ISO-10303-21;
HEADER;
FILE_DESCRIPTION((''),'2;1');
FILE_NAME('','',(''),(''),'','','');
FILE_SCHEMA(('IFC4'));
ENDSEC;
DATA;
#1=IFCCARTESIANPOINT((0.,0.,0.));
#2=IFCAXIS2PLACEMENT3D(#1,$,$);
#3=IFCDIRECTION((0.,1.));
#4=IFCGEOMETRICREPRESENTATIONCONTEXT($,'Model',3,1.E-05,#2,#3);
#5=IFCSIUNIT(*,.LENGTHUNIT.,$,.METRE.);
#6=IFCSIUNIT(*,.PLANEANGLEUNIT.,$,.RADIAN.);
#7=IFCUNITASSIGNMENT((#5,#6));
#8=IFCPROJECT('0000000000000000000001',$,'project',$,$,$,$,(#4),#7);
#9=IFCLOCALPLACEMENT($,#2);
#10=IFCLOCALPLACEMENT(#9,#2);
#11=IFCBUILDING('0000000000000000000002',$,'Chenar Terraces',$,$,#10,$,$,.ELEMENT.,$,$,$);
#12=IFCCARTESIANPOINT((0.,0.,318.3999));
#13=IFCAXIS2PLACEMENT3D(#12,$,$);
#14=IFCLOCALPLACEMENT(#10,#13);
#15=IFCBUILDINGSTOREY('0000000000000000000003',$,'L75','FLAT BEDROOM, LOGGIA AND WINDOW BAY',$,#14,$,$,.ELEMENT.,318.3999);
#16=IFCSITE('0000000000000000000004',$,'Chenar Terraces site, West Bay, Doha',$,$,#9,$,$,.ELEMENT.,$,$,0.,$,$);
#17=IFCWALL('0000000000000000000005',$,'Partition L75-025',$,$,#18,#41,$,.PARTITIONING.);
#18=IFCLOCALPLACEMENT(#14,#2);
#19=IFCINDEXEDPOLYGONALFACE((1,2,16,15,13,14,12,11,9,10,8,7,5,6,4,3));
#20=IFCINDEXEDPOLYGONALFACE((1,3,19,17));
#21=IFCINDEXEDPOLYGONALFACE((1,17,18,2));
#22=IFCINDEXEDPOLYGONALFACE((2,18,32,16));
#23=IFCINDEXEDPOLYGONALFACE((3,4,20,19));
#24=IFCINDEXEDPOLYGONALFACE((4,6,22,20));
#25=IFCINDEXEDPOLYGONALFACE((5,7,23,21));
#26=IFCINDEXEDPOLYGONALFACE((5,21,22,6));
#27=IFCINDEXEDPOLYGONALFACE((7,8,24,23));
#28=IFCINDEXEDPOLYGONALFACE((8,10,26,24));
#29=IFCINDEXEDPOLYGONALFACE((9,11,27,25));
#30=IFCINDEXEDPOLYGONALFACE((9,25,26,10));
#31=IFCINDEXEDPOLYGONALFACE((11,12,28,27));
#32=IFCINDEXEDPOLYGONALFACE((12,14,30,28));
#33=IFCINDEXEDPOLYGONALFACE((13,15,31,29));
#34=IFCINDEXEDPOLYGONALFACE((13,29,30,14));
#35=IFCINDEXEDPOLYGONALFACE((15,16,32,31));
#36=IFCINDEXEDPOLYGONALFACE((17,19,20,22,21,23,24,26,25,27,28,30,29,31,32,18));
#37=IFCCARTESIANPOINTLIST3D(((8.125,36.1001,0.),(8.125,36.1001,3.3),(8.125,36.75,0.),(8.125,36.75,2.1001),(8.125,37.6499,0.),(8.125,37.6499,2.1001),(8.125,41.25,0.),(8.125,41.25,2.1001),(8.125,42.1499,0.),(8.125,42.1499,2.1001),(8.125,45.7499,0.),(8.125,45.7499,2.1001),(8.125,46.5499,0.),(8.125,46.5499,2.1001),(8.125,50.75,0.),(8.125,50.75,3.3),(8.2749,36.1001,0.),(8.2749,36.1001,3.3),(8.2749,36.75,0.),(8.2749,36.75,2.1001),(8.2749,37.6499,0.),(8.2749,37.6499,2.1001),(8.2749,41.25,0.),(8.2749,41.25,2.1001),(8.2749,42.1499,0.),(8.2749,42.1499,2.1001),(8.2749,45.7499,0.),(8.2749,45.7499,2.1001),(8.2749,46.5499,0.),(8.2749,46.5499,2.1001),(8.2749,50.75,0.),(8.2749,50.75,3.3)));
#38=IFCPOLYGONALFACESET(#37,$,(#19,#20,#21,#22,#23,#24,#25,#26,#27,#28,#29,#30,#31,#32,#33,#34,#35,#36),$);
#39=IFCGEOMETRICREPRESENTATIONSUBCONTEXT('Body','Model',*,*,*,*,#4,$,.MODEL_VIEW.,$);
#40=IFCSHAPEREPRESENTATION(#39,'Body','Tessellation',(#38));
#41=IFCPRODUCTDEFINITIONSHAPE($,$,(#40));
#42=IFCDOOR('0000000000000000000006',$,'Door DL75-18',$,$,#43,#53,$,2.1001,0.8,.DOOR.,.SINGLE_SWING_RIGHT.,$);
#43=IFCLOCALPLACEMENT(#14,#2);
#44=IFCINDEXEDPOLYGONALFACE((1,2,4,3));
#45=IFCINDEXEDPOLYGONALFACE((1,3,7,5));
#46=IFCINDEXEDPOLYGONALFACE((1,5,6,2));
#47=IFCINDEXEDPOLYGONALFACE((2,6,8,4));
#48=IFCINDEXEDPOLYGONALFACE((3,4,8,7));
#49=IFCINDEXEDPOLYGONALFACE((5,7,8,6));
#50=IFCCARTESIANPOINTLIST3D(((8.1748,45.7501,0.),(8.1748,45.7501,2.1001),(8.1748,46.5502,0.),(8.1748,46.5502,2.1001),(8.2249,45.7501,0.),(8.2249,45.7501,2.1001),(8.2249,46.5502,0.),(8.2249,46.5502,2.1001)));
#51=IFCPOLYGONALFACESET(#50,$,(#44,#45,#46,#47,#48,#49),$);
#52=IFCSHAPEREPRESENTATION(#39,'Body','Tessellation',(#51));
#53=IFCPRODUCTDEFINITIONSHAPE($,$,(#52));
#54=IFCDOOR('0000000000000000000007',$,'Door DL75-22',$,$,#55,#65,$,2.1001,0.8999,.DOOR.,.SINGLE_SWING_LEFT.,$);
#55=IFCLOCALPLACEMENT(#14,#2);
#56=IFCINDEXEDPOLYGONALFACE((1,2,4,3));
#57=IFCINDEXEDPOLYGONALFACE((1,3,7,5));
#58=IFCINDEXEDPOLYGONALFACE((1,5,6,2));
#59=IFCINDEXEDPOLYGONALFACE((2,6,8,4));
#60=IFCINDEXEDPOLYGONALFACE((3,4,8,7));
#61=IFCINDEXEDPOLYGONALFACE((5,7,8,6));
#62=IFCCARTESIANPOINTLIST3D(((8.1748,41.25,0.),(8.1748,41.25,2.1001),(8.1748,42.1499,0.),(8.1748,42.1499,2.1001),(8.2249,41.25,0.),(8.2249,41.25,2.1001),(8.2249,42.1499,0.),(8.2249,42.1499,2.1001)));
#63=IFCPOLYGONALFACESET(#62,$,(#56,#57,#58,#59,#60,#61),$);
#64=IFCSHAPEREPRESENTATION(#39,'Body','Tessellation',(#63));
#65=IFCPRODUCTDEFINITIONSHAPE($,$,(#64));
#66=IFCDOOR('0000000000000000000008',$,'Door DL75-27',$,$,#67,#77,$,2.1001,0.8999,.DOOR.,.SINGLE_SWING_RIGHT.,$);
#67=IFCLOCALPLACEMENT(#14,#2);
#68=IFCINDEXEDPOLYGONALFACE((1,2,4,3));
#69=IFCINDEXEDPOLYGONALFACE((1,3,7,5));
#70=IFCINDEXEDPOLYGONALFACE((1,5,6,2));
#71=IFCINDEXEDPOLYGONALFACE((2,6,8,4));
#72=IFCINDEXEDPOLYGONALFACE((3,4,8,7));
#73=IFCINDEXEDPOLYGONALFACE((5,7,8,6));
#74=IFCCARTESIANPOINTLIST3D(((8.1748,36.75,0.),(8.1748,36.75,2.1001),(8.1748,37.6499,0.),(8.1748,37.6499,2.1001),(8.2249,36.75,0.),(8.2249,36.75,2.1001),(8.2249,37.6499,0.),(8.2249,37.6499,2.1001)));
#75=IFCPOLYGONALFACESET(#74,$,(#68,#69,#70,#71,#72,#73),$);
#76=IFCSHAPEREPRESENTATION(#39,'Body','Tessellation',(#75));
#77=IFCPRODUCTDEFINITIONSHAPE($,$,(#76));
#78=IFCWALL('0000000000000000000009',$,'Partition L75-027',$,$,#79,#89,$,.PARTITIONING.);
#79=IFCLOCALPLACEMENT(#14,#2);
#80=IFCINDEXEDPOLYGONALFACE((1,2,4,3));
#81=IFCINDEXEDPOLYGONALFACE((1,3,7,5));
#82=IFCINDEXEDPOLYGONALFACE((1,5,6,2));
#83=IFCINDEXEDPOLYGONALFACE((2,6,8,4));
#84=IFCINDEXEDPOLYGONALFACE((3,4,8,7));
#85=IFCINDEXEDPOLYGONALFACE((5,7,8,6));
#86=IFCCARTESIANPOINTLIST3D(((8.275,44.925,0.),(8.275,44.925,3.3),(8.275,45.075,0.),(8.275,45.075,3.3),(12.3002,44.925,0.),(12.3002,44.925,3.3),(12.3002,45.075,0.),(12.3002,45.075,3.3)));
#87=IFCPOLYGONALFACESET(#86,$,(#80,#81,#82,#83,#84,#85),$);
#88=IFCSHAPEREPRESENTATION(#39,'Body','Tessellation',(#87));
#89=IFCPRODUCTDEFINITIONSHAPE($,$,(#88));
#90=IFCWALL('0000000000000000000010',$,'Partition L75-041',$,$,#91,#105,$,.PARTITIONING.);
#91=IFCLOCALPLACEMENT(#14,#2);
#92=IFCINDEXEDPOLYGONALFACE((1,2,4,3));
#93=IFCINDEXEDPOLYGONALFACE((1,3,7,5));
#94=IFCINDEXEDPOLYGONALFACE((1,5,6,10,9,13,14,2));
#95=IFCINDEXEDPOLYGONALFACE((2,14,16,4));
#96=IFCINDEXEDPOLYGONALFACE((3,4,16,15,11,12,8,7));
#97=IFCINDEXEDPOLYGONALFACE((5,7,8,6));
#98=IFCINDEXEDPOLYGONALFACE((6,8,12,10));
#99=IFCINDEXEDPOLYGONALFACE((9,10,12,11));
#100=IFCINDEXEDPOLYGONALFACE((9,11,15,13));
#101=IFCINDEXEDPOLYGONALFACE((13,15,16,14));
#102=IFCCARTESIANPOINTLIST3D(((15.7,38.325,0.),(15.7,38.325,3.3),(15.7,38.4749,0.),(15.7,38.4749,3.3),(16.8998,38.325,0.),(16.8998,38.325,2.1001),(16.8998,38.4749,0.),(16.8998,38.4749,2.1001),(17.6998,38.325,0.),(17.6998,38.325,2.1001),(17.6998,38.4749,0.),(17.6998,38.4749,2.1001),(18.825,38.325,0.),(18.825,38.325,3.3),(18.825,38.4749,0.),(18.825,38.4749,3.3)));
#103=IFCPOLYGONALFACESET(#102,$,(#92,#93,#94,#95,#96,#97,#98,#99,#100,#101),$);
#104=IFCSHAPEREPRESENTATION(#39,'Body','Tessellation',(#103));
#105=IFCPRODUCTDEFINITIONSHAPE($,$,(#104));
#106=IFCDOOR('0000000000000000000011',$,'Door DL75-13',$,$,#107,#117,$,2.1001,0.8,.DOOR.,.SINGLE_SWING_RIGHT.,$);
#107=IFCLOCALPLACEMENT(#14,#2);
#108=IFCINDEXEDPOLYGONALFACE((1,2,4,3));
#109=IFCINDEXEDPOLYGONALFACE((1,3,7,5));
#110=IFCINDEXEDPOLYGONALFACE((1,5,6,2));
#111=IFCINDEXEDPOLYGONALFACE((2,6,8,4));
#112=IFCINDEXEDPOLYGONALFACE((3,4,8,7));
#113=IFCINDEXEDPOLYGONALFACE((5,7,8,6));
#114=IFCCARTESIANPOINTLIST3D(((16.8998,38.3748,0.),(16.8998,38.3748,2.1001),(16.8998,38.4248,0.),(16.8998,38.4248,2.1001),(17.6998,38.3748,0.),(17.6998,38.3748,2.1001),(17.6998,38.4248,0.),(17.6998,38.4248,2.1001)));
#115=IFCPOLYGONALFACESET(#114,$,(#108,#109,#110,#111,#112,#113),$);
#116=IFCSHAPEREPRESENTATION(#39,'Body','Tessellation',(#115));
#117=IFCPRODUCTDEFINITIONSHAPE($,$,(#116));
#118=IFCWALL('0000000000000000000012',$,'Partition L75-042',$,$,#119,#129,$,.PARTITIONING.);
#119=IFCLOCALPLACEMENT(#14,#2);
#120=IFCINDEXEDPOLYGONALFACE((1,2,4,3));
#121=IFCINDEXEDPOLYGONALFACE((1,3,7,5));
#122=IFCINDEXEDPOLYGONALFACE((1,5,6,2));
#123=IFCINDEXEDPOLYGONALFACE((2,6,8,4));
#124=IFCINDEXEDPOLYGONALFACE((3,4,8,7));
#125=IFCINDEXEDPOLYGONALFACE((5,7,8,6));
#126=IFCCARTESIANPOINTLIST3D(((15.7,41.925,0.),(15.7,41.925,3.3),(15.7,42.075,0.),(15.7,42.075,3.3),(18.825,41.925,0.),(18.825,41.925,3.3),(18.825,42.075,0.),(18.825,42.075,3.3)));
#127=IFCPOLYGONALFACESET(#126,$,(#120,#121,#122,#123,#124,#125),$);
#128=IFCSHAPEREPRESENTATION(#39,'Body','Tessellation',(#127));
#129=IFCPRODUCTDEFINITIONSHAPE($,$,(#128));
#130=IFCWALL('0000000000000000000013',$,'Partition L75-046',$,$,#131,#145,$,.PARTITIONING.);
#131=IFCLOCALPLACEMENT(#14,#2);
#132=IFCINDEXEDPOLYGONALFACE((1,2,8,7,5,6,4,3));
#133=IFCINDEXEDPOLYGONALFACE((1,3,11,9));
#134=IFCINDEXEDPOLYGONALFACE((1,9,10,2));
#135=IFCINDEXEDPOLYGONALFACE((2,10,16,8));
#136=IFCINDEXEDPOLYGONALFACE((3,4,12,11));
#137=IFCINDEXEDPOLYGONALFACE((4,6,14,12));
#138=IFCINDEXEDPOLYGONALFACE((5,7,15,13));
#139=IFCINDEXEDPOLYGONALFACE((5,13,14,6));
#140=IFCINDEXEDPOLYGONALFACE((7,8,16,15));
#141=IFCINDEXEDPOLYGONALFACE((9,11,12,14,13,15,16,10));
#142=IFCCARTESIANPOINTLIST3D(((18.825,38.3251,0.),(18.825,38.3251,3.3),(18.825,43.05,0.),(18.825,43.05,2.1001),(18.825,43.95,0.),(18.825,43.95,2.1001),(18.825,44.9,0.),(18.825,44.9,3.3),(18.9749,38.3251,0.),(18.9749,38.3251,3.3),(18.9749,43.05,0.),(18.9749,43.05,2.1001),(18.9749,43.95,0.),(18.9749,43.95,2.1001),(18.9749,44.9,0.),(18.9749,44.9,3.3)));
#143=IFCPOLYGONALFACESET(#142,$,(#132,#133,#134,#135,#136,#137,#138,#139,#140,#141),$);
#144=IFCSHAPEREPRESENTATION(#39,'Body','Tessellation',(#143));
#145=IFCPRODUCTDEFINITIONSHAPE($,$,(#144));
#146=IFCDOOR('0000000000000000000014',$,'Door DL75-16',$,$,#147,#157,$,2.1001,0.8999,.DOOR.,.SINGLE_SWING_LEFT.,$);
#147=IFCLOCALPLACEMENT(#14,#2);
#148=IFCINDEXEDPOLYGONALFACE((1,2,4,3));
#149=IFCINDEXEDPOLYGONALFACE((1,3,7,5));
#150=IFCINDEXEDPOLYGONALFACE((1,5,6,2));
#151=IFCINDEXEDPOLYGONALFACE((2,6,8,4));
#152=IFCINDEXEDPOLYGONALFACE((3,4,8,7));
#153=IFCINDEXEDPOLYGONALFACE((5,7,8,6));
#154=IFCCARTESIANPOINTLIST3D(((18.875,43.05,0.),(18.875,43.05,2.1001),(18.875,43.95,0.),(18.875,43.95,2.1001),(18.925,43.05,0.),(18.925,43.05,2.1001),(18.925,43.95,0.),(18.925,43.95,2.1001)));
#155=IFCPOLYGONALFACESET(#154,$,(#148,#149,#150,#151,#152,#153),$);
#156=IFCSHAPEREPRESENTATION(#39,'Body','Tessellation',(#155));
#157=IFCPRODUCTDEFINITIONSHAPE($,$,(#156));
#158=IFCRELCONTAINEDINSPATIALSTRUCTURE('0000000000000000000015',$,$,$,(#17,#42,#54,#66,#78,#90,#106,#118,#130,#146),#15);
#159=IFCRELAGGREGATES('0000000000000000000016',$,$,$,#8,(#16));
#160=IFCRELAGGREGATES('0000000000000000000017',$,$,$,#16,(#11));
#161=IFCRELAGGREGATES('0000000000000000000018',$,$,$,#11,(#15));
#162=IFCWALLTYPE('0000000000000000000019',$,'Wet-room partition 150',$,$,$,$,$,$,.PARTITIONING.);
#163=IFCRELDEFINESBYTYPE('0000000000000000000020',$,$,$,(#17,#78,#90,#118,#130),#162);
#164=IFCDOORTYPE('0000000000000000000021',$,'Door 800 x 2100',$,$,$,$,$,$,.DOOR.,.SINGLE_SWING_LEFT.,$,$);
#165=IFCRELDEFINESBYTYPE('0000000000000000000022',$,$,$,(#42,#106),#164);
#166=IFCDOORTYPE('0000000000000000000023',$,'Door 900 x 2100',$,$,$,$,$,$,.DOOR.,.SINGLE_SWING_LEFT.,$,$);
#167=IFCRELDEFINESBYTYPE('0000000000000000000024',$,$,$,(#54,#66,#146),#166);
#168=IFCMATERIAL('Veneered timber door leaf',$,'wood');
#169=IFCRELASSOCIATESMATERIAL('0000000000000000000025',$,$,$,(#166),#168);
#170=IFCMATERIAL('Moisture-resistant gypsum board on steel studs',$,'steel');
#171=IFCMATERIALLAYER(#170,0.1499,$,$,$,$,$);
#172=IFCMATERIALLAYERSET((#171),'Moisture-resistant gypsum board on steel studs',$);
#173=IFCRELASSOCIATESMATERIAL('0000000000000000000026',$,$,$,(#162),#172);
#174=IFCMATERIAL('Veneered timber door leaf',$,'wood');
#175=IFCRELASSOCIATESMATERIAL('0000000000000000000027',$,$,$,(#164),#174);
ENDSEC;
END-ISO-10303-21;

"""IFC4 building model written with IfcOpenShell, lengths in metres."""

from ifc_helpers import new_model, si_unit, direction, frame, frame_2d, origin, place, context, subcontext, project, spatial, rectangle, extrude, material, layer, layer_set, type_object, element, fill, save


model = new_model("IFC4")

# Units and contexts
model_context = context("Model", 3, precision=1e-05, world=origin(), true_north=direction((0.0, 1.0)))
body_context = subcontext(model_context, "Body", "Model", "MODEL_VIEW")
ifc_project = project(units=[si_unit("LENGTHUNIT", "METRE"), si_unit("PLANEANGLEUNIT", "RADIAN")], contexts=[model_context])

# Site, building, storey
site_placement = place(None, origin())
site = spatial("IfcSite", under=ifc_project, at=site_placement, Name="Chenar Terraces site, West Bay, Doha", CompositionType="ELEMENT", RefElevation=0.0)
building_placement = place(site_placement, origin())
building = spatial("IfcBuilding", under=site, at=building_placement, Name="Chenar Terraces", CompositionType="ELEMENT")
storey_placement = place(building_placement, frame((0.0, 0.0, 318.3999)))
storey = spatial("IfcBuildingStorey", under=building, at=storey_placement, Name="L75", Description="FLAT BEDROOM, LOGGIA AND WINDOW BAY", CompositionType="ELEMENT", Elevation=318.3999)

# Shared definitions
ifc_material_1 = material(Name="Veneered timber door leaf", Category="wood")
door_type_1 = type_object("IfcDoorType", Name="Door 900 x 2100", OperationType="SINGLE_SWING_LEFT", PredefinedType="DOOR", material=ifc_material_1)

# Shared definitions
ifc_material_2 = material(Name="Moisture-resistant gypsum board on steel studs", Category="steel")
ifc_layer_1 = layer(ifc_material_2, 0.1499)
ifc_layer_set_1 = layer_set([ifc_layer_1], Name="Moisture-resistant gypsum board on steel studs")
wall_type_1 = type_object("IfcWallType", Name="Wet-room partition 150", PredefinedType="PARTITIONING", material=ifc_layer_set_1)

# Wall, openings, doors
wall_1_placement = place(storey_placement, frame((8.2, 36.1001, 0.0), z_axis=(0.0, 0.0, 1.0), x_axis=(0.0, 1.0, 0.0)))
wall_1 = element("IfcWall", 1, at=wall_1_placement, inside=storey, type_object=wall_type_1, Name="Partition L75-025", PredefinedType="PARTITIONING", context=body_context, shape_type="SweptSolid", body=[
    extrude(rectangle(XDim=14.6499, YDim=0.1499, at=frame_2d((7.325, 0.0))), origin(), (0.0, 0.0, 1.0), 3.3),
])
opening_1_placement = place(wall_1_placement, frame((9.6499, 0.0, 0.0)))
opening_1 = element("IfcOpeningElement", 2, at=opening_1_placement, cuts=wall_1, PredefinedType="OPENING", context=body_context, shape_type="SweptSolid", body=[
    extrude(rectangle(XDim=0.8, YDim=2.1001, at=frame_2d((0.3999, 1.05))), frame((0.0, 0.085, 0.0), z_axis=(0.0, -1.0, 0.0), x_axis=(1.0, 0.0, 0.0)), (0.0, 0.0, 1.0), 0.1699),
])
opening_2_placement = place(wall_1_placement, frame((5.1499, 0.0, 0.0)))
opening_2 = element("IfcOpeningElement", 3, at=opening_2_placement, cuts=wall_1, PredefinedType="OPENING", context=body_context, shape_type="SweptSolid", body=[
    extrude(rectangle(XDim=0.8999, YDim=2.1001, at=frame_2d((0.45, 1.05))), frame((0.0, 0.085, 0.0), z_axis=(0.0, -1.0, 0.0), x_axis=(1.0, 0.0, 0.0)), (0.0, 0.0, 1.0), 0.1699),
])
opening_3_placement = place(wall_1_placement, frame((0.6499, 0.0, 0.0)))
opening_3 = element("IfcOpeningElement", 4, at=opening_3_placement, cuts=wall_1, PredefinedType="OPENING", context=body_context, shape_type="SweptSolid", body=[
    extrude(rectangle(XDim=0.8999, YDim=2.1001, at=frame_2d((0.45, 1.05))), frame((0.0, 0.085, 0.0), z_axis=(0.0, -1.0, 0.0), x_axis=(1.0, 0.0, 0.0)), (0.0, 0.0, 1.0), 0.1699),
])
ifc_material_3 = material(Name="Veneered timber door leaf", Category="wood")
door_type_2 = type_object("IfcDoorType", Name="Door 800 x 2100", OperationType="SINGLE_SWING_LEFT", PredefinedType="DOOR", material=ifc_material_3)
door_1_placement = place(opening_1_placement, frame((0.8, 0.0, 0.0), z_axis=(0.0, 0.0, 1.0), x_axis=(-1.0, 0.0, 0.0)))
door_1 = element("IfcDoor", 5, at=door_1_placement, inside=storey, type_object=door_type_2, Name="Door DL75-18", OperationType="SINGLE_SWING_RIGHT", OverallHeight=2.1001, OverallWidth=0.8, PredefinedType="DOOR", context=body_context, shape_type="SweptSolid", body=[
    extrude(rectangle(XDim=0.8, YDim=2.1001, at=frame_2d((0.3999, 1.05))), frame((0.0, 0.0249, 0.0), z_axis=(0.0, -1.0, 0.0), x_axis=(1.0, 0.0, 0.0)), (0.0, 0.0, 1.0), 0.05),
])
fill(opening_1, door_1)
door_2_placement = place(opening_2_placement, frame((0.8999, 0.0, 0.0), z_axis=(0.0, 0.0, 1.0), x_axis=(-1.0, 0.0, 0.0)))
door_2 = element("IfcDoor", 6, at=door_2_placement, inside=storey, type_object=door_type_1, Name="Door DL75-22", OperationType="SINGLE_SWING_LEFT", OverallHeight=2.1001, OverallWidth=0.8999, PredefinedType="DOOR", context=body_context, shape_type="SweptSolid", body=[
    extrude(rectangle(XDim=0.8999, YDim=2.1001, at=frame_2d((0.45, 1.05))), frame((0.0, 0.0249, 0.0), z_axis=(0.0, -1.0, 0.0), x_axis=(1.0, 0.0, 0.0)), (0.0, 0.0, 1.0), 0.05),
])
fill(opening_2, door_2)
door_3_placement = place(opening_3_placement, frame((0.8999, 0.0, 0.0), z_axis=(0.0, 0.0, 1.0), x_axis=(-1.0, 0.0, 0.0)))
door_3 = element("IfcDoor", 7, at=door_3_placement, inside=storey, type_object=door_type_1, Name="Door DL75-27", OperationType="SINGLE_SWING_RIGHT", OverallHeight=2.1001, OverallWidth=0.8999, PredefinedType="DOOR", context=body_context, shape_type="SweptSolid", body=[
    extrude(rectangle(XDim=0.8999, YDim=2.1001, at=frame_2d((0.45, 1.05))), frame((0.0, 0.0249, 0.0), z_axis=(0.0, -1.0, 0.0), x_axis=(1.0, 0.0, 0.0)), (0.0, 0.0, 1.0), 0.05),
])
fill(opening_3, door_3)

# Wall
wall_2_placement = place(storey_placement, frame((8.2749, 45.0, 0.0), z_axis=(0.0, 0.0, 1.0), x_axis=(1.0, 0.0, 0.0)))
element("IfcWall", 8, at=wall_2_placement, inside=storey, type_object=wall_type_1, Name="Partition L75-027", PredefinedType="PARTITIONING", context=body_context, shape_type="SweptSolid", body=[
    extrude(rectangle(XDim=4.0251, YDim=0.1499, at=frame_2d((2.0127, 0.0))), origin(), (0.0, 0.0, 1.0), 3.3),
])

# Wall, opening, door
wall_3_placement = place(storey_placement, frame((15.7, 38.3999, 0.0), z_axis=(0.0, 0.0, 1.0), x_axis=(1.0, 0.0, 0.0)))
wall_3 = element("IfcWall", 9, at=wall_3_placement, inside=storey, type_object=wall_type_1, Name="Partition L75-041", PredefinedType="PARTITIONING", context=body_context, shape_type="SweptSolid", body=[
    extrude(rectangle(XDim=3.125, YDim=0.1499, at=frame_2d((1.5625, 0.0))), origin(), (0.0, 0.0, 1.0), 3.3),
])
opening_4_placement = place(wall_3_placement, frame((1.2, 0.0, 0.0)))
opening_4 = element("IfcOpeningElement", 10, at=opening_4_placement, cuts=wall_3, PredefinedType="OPENING", context=body_context, shape_type="SweptSolid", body=[
    extrude(rectangle(XDim=0.8, YDim=2.1001, at=frame_2d((0.3999, 1.05))), frame((0.0, 0.085, 0.0), z_axis=(0.0, -1.0, 0.0), x_axis=(1.0, 0.0, 0.0)), (0.0, 0.0, 1.0), 0.1699),
])
door_4_placement = place(opening_4_placement, origin())
door_4 = element("IfcDoor", 11, at=door_4_placement, inside=storey, type_object=door_type_2, Name="Door DL75-13", OperationType="SINGLE_SWING_RIGHT", OverallHeight=2.1001, OverallWidth=0.8, PredefinedType="DOOR", context=body_context, shape_type="SweptSolid", body=[
    extrude(rectangle(XDim=0.8, YDim=2.1001, at=frame_2d((0.3999, 1.05))), frame((0.0, 0.0249, 0.0), z_axis=(0.0, -1.0, 0.0), x_axis=(1.0, 0.0, 0.0)), (0.0, 0.0, 1.0), 0.05),
])
fill(opening_4, door_4)

# Wall
wall_4_placement = place(storey_placement, frame((15.7, 42.0, 0.0), z_axis=(0.0, 0.0, 1.0), x_axis=(1.0, 0.0, 0.0)))
element("IfcWall", 12, at=wall_4_placement, inside=storey, type_object=wall_type_1, Name="Partition L75-042", PredefinedType="PARTITIONING", context=body_context, shape_type="SweptSolid", body=[
    extrude(rectangle(XDim=3.125, YDim=0.1499, at=frame_2d((1.5625, 0.0))), origin(), (0.0, 0.0, 1.0), 3.3),
])

# Wall, opening, door
wall_5_placement = place(storey_placement, frame((18.8999, 38.325, 0.0), z_axis=(0.0, 0.0, 1.0), x_axis=(0.0, 1.0, 0.0)))
wall_5 = element("IfcWall", 13, at=wall_5_placement, inside=storey, type_object=wall_type_1, Name="Partition L75-046", PredefinedType="PARTITIONING", context=body_context, shape_type="SweptSolid", body=[
    extrude(rectangle(XDim=6.575, YDim=0.1499, at=frame_2d((3.2876, 0.0))), origin(), (0.0, 0.0, 1.0), 3.3),
])
opening_5_placement = place(wall_5_placement, frame((4.7251, 0.0, 0.0)))
opening_5 = element("IfcOpeningElement", 14, at=opening_5_placement, cuts=wall_5, PredefinedType="OPENING", context=body_context, shape_type="SweptSolid", body=[
    extrude(rectangle(XDim=0.8999, YDim=2.1001, at=frame_2d((0.45, 1.05))), frame((0.0, 0.085, 0.0), z_axis=(0.0, -1.0, 0.0), x_axis=(1.0, 0.0, 0.0)), (0.0, 0.0, 1.0), 0.1699),
])
door_5_placement = place(opening_5_placement, origin())
door_5 = element("IfcDoor", 15, at=door_5_placement, inside=storey, type_object=door_type_1, Name="Door DL75-16", OperationType="SINGLE_SWING_LEFT", OverallHeight=2.1001, OverallWidth=0.8999, PredefinedType="DOOR", context=body_context, shape_type="SweptSolid", body=[
    extrude(rectangle(XDim=0.8999, YDim=2.1001, at=frame_2d((0.45, 1.05))), frame((0.0, 0.0249, 0.0), z_axis=(0.0, -1.0, 0.0), x_axis=(1.0, 0.0, 0.0)), (0.0, 0.0, 1.0), 0.05),
])
fill(opening_5, door_5)

save(model, "model.ifc")
